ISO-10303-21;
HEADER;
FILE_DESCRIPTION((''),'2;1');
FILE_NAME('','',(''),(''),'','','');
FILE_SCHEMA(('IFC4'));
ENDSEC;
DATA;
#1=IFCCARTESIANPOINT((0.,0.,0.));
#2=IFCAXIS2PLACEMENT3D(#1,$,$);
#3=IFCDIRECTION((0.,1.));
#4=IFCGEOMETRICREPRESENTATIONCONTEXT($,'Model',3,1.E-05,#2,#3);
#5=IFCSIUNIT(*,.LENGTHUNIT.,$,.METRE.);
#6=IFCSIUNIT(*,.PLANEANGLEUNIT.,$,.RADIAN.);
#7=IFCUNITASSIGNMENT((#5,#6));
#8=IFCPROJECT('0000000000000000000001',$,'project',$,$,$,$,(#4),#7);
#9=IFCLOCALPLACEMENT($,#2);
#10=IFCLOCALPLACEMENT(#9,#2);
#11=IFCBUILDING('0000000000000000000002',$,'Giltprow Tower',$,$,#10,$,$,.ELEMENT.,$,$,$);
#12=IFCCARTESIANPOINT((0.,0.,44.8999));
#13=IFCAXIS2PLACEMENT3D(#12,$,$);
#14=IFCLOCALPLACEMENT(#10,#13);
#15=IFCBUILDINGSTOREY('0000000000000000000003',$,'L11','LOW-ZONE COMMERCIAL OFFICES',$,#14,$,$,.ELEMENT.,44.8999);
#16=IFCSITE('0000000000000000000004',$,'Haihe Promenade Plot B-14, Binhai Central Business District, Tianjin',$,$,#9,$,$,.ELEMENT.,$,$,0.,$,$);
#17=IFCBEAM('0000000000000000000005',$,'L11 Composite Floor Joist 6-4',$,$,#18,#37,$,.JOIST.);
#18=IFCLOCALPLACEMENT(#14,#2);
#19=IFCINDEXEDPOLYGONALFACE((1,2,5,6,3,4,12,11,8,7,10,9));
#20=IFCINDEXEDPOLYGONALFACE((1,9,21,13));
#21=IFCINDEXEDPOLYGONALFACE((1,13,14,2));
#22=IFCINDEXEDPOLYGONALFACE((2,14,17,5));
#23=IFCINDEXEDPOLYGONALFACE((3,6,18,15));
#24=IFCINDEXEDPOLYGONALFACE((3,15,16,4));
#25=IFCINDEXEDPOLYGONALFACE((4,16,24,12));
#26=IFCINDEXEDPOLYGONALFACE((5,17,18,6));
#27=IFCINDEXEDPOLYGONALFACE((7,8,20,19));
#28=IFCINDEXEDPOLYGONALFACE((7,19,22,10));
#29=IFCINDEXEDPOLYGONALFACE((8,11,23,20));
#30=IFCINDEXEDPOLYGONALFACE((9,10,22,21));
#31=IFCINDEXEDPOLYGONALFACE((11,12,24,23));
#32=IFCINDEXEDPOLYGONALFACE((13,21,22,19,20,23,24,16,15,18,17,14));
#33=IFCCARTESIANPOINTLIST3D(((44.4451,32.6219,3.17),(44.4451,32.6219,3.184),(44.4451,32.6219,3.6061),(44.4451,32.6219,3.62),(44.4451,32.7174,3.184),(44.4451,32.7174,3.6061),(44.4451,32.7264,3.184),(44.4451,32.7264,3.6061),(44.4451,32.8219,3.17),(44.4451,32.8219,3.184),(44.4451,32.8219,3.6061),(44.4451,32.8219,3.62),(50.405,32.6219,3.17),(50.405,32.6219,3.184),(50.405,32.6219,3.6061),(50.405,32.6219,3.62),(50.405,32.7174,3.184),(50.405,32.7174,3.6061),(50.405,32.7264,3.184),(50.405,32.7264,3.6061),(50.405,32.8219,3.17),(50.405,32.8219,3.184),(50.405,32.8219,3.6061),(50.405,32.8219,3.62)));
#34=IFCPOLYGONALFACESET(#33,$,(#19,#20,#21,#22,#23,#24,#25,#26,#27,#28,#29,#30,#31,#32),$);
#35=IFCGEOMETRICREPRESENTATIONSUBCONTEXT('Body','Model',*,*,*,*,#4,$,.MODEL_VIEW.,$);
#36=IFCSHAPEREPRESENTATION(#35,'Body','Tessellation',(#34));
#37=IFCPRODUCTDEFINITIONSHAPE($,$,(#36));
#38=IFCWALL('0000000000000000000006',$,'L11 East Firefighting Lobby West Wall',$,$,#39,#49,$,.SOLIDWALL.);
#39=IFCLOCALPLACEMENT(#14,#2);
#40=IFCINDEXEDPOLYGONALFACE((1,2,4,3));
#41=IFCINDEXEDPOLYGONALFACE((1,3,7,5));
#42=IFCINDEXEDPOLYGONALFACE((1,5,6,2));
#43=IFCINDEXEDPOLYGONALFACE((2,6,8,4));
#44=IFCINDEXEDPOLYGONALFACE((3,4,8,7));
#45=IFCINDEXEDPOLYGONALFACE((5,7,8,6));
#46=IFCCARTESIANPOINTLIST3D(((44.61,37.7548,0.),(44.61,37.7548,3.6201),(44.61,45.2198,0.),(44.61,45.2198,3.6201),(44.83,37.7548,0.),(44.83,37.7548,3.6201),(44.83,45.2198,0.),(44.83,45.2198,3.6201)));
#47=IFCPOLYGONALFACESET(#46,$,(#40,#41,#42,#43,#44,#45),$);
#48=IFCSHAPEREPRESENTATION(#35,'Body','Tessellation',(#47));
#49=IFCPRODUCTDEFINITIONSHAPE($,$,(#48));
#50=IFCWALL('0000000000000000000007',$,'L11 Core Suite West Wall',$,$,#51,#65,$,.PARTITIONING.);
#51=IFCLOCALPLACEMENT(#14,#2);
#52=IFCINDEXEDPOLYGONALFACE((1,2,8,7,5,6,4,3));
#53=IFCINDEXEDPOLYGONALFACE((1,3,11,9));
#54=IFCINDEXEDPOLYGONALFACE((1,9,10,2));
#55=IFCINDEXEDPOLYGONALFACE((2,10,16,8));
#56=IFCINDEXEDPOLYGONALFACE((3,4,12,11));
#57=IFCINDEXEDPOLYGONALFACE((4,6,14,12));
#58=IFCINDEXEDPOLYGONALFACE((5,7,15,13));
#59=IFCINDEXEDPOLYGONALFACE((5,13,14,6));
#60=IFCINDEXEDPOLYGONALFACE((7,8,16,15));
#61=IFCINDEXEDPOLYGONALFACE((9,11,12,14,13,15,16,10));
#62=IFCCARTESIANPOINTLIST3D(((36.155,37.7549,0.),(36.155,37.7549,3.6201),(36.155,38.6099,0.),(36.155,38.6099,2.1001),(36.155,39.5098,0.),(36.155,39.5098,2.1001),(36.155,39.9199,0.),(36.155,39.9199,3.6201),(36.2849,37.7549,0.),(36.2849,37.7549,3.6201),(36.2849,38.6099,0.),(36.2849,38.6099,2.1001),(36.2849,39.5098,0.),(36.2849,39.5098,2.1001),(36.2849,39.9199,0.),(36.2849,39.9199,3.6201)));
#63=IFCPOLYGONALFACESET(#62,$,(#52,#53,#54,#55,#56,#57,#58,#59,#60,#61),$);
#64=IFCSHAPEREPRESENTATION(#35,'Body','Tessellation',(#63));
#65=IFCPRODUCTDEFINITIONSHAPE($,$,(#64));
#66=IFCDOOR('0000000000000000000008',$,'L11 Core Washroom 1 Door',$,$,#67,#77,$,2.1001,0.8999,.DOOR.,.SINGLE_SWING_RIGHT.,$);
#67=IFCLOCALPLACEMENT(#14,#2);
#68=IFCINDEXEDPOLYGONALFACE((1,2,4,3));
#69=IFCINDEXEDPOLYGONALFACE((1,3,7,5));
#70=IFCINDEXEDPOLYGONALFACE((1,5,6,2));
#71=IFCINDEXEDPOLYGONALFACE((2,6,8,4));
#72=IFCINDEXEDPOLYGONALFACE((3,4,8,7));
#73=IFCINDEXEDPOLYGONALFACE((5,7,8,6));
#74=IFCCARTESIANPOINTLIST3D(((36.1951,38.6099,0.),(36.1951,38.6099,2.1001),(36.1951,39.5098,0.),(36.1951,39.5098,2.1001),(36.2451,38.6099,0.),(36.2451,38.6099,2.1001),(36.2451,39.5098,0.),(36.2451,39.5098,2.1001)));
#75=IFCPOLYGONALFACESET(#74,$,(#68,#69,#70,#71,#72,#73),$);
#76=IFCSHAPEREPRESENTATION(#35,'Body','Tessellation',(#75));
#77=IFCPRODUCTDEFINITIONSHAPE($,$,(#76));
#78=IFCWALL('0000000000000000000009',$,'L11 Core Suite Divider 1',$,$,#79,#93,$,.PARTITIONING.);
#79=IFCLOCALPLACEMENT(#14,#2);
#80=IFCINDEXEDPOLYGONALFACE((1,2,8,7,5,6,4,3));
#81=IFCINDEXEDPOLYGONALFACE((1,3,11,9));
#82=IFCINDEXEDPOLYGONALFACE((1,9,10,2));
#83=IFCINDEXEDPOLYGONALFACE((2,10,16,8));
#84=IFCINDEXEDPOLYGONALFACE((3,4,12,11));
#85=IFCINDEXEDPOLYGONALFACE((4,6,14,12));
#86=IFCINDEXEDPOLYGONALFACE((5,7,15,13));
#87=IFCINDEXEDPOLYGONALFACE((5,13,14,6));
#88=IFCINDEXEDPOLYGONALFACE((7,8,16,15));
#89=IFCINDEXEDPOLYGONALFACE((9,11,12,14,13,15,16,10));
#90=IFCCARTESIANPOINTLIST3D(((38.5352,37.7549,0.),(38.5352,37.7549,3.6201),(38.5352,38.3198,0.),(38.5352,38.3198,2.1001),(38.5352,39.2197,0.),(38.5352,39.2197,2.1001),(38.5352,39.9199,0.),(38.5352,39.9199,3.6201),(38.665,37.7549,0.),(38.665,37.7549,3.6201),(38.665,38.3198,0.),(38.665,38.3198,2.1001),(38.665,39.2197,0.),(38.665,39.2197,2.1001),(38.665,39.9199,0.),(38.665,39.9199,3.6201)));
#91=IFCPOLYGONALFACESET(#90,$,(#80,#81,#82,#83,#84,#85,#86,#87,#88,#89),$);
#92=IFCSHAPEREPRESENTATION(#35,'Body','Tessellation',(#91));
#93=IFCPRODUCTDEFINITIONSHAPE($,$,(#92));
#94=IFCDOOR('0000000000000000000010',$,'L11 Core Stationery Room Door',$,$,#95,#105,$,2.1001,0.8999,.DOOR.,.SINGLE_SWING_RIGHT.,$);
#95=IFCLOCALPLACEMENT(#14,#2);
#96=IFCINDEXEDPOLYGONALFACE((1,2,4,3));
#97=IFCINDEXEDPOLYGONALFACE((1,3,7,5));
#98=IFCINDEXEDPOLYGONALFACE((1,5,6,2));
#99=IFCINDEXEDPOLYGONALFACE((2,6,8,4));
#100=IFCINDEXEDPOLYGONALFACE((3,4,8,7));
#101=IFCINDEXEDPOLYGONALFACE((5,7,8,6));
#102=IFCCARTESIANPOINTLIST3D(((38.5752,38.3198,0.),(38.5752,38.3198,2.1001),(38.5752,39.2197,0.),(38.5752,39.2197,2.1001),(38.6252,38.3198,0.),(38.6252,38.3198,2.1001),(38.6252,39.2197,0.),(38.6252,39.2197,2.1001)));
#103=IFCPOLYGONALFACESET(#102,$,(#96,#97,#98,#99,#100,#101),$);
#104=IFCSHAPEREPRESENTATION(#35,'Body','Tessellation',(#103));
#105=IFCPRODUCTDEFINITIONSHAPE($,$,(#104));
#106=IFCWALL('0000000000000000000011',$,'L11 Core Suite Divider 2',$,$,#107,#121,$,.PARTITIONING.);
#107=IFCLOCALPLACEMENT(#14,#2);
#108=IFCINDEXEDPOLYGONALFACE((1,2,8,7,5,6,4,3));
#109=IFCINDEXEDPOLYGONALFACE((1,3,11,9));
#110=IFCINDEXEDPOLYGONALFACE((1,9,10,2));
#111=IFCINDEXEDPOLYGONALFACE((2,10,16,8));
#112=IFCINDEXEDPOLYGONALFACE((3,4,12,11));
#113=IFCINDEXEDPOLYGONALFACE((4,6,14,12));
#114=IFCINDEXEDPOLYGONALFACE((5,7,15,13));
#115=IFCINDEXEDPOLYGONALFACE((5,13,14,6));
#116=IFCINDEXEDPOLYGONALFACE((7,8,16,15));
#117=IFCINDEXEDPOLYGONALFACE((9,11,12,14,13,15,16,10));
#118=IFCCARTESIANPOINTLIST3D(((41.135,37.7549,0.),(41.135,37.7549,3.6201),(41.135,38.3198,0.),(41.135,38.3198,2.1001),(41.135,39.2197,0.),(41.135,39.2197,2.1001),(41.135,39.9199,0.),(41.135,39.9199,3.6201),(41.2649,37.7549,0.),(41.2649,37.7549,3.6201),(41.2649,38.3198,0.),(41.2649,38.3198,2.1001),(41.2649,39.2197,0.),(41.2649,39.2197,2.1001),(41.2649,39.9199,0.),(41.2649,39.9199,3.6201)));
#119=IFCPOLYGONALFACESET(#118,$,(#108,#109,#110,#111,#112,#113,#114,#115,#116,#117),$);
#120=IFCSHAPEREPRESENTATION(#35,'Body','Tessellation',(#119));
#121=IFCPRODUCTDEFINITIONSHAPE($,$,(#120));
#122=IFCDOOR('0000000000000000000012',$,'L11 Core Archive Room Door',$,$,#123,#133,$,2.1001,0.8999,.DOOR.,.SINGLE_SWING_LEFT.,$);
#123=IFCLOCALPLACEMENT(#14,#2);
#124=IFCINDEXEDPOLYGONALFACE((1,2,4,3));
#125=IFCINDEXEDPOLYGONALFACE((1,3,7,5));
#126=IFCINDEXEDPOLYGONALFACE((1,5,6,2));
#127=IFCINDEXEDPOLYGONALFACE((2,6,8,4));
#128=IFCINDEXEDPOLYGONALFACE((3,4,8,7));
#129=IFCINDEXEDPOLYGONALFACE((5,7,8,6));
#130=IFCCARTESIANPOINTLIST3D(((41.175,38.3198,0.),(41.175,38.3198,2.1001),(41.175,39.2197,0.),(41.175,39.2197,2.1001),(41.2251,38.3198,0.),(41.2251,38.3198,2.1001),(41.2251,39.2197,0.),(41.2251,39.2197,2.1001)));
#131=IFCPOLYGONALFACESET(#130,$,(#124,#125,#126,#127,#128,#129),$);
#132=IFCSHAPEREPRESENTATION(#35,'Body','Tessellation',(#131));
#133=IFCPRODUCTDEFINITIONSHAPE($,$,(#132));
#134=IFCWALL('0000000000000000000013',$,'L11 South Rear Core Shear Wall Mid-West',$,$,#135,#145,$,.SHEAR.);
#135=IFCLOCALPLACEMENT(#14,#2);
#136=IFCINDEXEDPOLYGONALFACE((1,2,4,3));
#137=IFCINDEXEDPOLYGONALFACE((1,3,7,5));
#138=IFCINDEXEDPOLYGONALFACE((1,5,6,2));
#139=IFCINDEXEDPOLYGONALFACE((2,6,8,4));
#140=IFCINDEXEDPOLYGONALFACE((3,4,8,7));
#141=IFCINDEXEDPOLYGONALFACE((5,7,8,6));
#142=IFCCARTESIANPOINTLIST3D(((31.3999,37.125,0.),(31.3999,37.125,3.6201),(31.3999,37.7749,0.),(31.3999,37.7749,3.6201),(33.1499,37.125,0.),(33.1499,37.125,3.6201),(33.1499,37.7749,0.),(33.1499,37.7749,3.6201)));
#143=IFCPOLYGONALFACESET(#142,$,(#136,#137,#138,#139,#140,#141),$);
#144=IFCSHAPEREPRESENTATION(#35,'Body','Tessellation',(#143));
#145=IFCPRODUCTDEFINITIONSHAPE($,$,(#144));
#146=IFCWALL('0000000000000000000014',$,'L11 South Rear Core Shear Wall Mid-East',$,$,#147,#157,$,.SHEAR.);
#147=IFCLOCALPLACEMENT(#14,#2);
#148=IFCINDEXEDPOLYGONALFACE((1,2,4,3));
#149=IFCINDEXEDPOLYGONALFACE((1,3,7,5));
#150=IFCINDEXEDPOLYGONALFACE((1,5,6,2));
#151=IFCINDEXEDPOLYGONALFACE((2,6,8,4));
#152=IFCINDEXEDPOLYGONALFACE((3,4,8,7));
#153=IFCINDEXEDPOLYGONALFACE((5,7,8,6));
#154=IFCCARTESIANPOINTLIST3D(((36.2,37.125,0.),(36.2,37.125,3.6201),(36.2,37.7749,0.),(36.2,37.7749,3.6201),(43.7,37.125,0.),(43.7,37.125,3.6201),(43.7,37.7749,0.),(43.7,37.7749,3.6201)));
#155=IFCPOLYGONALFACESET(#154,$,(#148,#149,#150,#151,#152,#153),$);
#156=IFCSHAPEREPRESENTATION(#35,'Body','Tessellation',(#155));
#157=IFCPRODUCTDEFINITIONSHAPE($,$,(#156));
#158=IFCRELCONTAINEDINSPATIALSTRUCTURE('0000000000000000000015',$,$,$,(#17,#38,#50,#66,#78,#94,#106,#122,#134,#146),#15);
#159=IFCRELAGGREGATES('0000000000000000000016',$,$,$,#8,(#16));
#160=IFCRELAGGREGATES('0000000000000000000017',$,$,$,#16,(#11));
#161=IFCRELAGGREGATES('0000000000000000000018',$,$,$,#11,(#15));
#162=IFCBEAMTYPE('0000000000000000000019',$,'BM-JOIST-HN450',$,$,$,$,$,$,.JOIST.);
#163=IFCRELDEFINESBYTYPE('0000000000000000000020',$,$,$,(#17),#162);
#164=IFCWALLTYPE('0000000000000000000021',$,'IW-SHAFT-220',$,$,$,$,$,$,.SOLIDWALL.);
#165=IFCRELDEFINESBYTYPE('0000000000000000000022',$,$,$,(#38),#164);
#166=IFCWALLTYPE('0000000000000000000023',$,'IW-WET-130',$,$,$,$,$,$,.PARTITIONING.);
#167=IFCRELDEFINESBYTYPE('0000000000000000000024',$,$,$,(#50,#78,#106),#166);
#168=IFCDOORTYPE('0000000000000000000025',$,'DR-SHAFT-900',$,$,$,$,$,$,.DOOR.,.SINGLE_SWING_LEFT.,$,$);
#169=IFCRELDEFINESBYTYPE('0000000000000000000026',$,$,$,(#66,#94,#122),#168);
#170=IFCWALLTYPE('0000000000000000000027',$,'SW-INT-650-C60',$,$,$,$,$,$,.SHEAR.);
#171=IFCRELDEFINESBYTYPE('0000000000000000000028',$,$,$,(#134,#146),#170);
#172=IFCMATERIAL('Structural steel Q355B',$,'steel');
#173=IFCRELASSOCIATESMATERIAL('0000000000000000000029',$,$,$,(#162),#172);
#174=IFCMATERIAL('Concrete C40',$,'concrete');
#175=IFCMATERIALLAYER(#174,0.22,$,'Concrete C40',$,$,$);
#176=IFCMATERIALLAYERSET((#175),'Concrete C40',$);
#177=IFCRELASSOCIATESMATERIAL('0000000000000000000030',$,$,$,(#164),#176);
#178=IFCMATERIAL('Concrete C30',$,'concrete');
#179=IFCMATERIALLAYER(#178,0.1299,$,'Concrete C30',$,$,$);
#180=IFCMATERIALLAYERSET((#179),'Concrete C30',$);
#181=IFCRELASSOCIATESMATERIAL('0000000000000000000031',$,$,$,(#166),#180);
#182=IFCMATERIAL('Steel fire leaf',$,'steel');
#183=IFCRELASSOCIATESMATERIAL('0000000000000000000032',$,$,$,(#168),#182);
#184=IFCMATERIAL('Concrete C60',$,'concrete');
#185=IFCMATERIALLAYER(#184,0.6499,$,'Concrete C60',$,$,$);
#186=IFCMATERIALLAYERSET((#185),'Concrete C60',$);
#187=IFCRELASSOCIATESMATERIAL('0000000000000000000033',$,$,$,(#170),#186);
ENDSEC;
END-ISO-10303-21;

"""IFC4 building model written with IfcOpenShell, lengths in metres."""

from ifc_helpers import new_model, si_unit, direction, frame, frame_2d, origin, origin_2d, place, context, subcontext, project, spatial, rectangle, i_section, extrude, source, transform, mapped, material, layer, layer_set, material_profile, profile_set, type_object, element, fill, save


model = new_model("IFC4")

# Units and contexts
model_context = context("Model", 3, precision=1e-05, world=origin(), true_north=direction((0.0, 1.0)))
body_context = subcontext(model_context, "Body", "Model", "MODEL_VIEW")
ifc_project = project(units=[si_unit("LENGTHUNIT", "METRE"), si_unit("PLANEANGLEUNIT", "RADIAN")], contexts=[model_context])

# Site, building, storey
site_placement = place(None, origin())
site = spatial("IfcSite", under=ifc_project, at=site_placement, Name="Haihe Promenade Plot B-14, Binhai Central Business District, Tianjin", CompositionType="ELEMENT", RefElevation=0.0)
building_placement = place(site_placement, origin())
building = spatial("IfcBuilding", under=site, at=building_placement, Name="Giltprow Tower", CompositionType="ELEMENT")
storey_placement = place(building_placement, frame((0.0, 0.0, 44.8999)))
storey = spatial("IfcBuildingStorey", under=building, at=storey_placement, Name="L11", Description="LOW-ZONE COMMERCIAL OFFICES", CompositionType="ELEMENT", Elevation=44.8999)

# Shared definitions
ifc_material_1 = material(Name="Concrete C60", Category="concrete")

# Beam
ifc_material_2 = material(Name="Structural steel Q355B", Category="steel")
ifc_material_profile_1 = material_profile(ifc_material_2, i_section(OverallWidth=0.2, OverallDepth=0.45, WebThickness=0.009, FlangeThickness=0.0139, at=origin_2d()), Name="HN 450x200x9x14")
ifc_profile_set_1 = profile_set([ifc_material_profile_1], Name="Structural steel Q355B")
beam_type_1 = type_object("IfcBeamType", Name="BM-JOIST-HN450", PredefinedType="JOIST", material=ifc_profile_set_1)
shared_shape_1 = source(origin(), body_context, "Body", "SweptSolid", [
    extrude(i_section(OverallWidth=0.2, OverallDepth=0.45, WebThickness=0.009, FlangeThickness=0.0139, at=origin_2d()), origin(), (0.0, 0.0, 1.0), 5.96),
])
for number, where, z_axis, x_axis, name in (
    (1, (44.4451, 32.7219, 3.395), (1.0, 0.0, 0.0), (0.0, 1.0, 0.0), "L11 Composite Floor Joist 6-4"),
):
    element("IfcBeam", number, at=place(storey_placement, frame(where, z_axis=z_axis, x_axis=x_axis)), inside=storey, type_object=beam_type_1, Name=name, PredefinedType="JOIST", context=body_context, shape_type="MappedRepresentation", body=[
        mapped(shared_shape_1, transform((0.0, 0.0, 0.0), x_axis=(1.0, 0.0, 0.0), y_axis=(0.0, 1.0, 0.0), z_axis=(0.0, 0.0, 1.0), scale=1.0)),
    ])

# Wall
ifc_material_3 = material(Name="Concrete C40", Category="concrete")
ifc_layer_1 = layer(ifc_material_3, 0.22, Name="Concrete C40")
ifc_layer_set_1 = layer_set([ifc_layer_1], Name="Concrete C40")
wall_type_1 = type_object("IfcWallType", Name="IW-SHAFT-220", PredefinedType="SOLIDWALL", material=ifc_layer_set_1)
wall_1_placement = place(storey_placement, frame((44.72, 37.7549, 0.0), z_axis=(0.0, 0.0, 1.0), x_axis=(0.0, 1.0, 0.0)))
element("IfcWall", 2, at=wall_1_placement, inside=storey, type_object=wall_type_1, Name="L11 East Firefighting Lobby West Wall", PredefinedType="SOLIDWALL", context=body_context, shape_type="SweptSolid", body=[
    extrude(rectangle(XDim=7.4651, YDim=0.22, at=frame_2d((3.7324, 0.0))), origin(), (0.0, 0.0, 1.0), 3.6201),
])

# Walls, openings, doors
ifc_material_4 = material(Name="Concrete C30", Category="concrete")
ifc_layer_2 = layer(ifc_material_4, 0.1299, Name="Concrete C30")
ifc_layer_set_2 = layer_set([ifc_layer_2], Name="Concrete C30")
wall_type_2 = type_object("IfcWallType", Name="IW-WET-130", PredefinedType="PARTITIONING", material=ifc_layer_set_2)
wall_2_placement = place(storey_placement, frame((36.22, 37.7549, 0.0), z_axis=(0.0, 0.0, 1.0), x_axis=(0.0, 1.0, 0.0)))
wall_2 = element("IfcWall", 3, at=wall_2_placement, inside=storey, type_object=wall_type_2, Name="L11 Core Suite West Wall", PredefinedType="PARTITIONING", context=body_context, shape_type="SweptSolid", body=[
    extrude(rectangle(XDim=2.165, YDim=0.1299, at=frame_2d((1.0825, 0.0))), origin(), (0.0, 0.0, 1.0), 3.6201),
])
opening_1_placement = place(wall_2_placement, frame((0.855, 0.0, 0.0)))
opening_1 = element("IfcOpeningElement", 4, at=opening_1_placement, cuts=wall_2, PredefinedType="OPENING", context=body_context, shape_type="SweptSolid", body=[
    extrude(rectangle(XDim=0.8999, YDim=2.1001, at=frame_2d((0.45, 1.05))), frame((0.0, 0.075, 0.0), z_axis=(0.0, -1.0, 0.0), x_axis=(1.0, 0.0, 0.0)), (0.0, 0.0, 1.0), 0.1499),
])
ifc_material_5 = material(Name="Steel fire leaf", Category="steel")
door_type_1 = type_object("IfcDoorType", Name="DR-SHAFT-900", OperationType="SINGLE_SWING_LEFT", PredefinedType="DOOR", material=ifc_material_5)
shared_shape_2 = source(origin(), body_context, "Body", "SweptSolid", [
    extrude(rectangle(XDim=0.8999, YDim=2.1001, at=frame_2d((0.45, 1.05))), frame((0.0, 0.0249, 0.0), z_axis=(0.0, -1.0, 0.0), x_axis=(1.0, 0.0, 0.0)), (0.0, 0.0, 1.0), 0.05),
])
door_1_placement = place(opening_1_placement, origin())
door_1 = element("IfcDoor", 5, at=door_1_placement, inside=storey, type_object=door_type_1, Name="L11 Core Washroom 1 Door", OperationType="SINGLE_SWING_RIGHT", OverallHeight=2.1001, OverallWidth=0.8999, PredefinedType="DOOR", context=body_context, shape_type="MappedRepresentation", body=[
    mapped(shared_shape_2, transform((0.0, 0.0, 0.0), x_axis=(1.0, 0.0, 0.0), y_axis=(0.0, 1.0, 0.0), z_axis=(0.0, 0.0, 1.0), scale=1.0)),
])
fill(opening_1, door_1)
wall_3_placement = place(storey_placement, frame((38.6001, 37.7549, 0.0), z_axis=(0.0, 0.0, 1.0), x_axis=(0.0, 1.0, 0.0)))
wall_3 = element("IfcWall", 6, at=wall_3_placement, inside=storey, type_object=wall_type_2, Name="L11 Core Suite Divider 1", PredefinedType="PARTITIONING", context=body_context, shape_type="SweptSolid", body=[
    extrude(rectangle(XDim=2.165, YDim=0.1299, at=frame_2d((1.0825, 0.0))), origin(), (0.0, 0.0, 1.0), 3.6201),
])
opening_2_placement = place(wall_3_placement, frame((0.5649, 0.0, 0.0)))
opening_2 = element("IfcOpeningElement", 7, at=opening_2_placement, cuts=wall_3, PredefinedType="OPENING", context=body_context, shape_type="SweptSolid", body=[
    extrude(rectangle(XDim=0.8999, YDim=2.1001, at=frame_2d((0.45, 1.05))), frame((0.0, 0.075, 0.0), z_axis=(0.0, -1.0, 0.0), x_axis=(1.0, 0.0, 0.0)), (0.0, 0.0, 1.0), 0.1499),
])
door_2_placement = place(opening_2_placement, origin())
door_2 = element("IfcDoor", 8, at=door_2_placement, inside=storey, type_object=door_type_1, Name="L11 Core Stationery Room Door", OperationType="SINGLE_SWING_RIGHT", OverallHeight=2.1001, OverallWidth=0.8999, PredefinedType="DOOR", context=body_context, shape_type="MappedRepresentation", body=[
    mapped(shared_shape_2, transform((0.0, 0.0, 0.0), x_axis=(1.0, 0.0, 0.0), y_axis=(0.0, 1.0, 0.0), z_axis=(0.0, 0.0, 1.0), scale=1.0)),
])
fill(opening_2, door_2)
wall_4_placement = place(storey_placement, frame((41.2, 37.7549, 0.0), z_axis=(0.0, 0.0, 1.0), x_axis=(0.0, 1.0, 0.0)))
wall_4 = element("IfcWall", 9, at=wall_4_placement, inside=storey, type_object=wall_type_2, Name="L11 Core Suite Divider 2", PredefinedType="PARTITIONING", context=body_context, shape_type="SweptSolid", body=[
    extrude(rectangle(XDim=2.165, YDim=0.1299, at=frame_2d((1.0825, 0.0))), origin(), (0.0, 0.0, 1.0), 3.6201),
])
opening_3_placement = place(wall_4_placement, frame((0.5649, 0.0, 0.0)))
opening_3 = element("IfcOpeningElement", 10, at=opening_3_placement, cuts=wall_4, PredefinedType="OPENING", context=body_context, shape_type="SweptSolid", body=[
    extrude(rectangle(XDim=0.8999, YDim=2.1001, at=frame_2d((0.45, 1.05))), frame((0.0, 0.075, 0.0), z_axis=(0.0, -1.0, 0.0), x_axis=(1.0, 0.0, 0.0)), (0.0, 0.0, 1.0), 0.1499),
])
door_3_placement = place(opening_3_placement, origin())
door_3 = element("IfcDoor", 11, at=door_3_placement, inside=storey, type_object=door_type_1, Name="L11 Core Archive Room Door", OperationType="SINGLE_SWING_LEFT", OverallHeight=2.1001, OverallWidth=0.8999, PredefinedType="DOOR", context=body_context, shape_type="MappedRepresentation", body=[
    mapped(shared_shape_2, transform((0.0, 0.0, 0.0), x_axis=(1.0, 0.0, 0.0), y_axis=(0.0, 1.0, 0.0), z_axis=(0.0, 0.0, 1.0), scale=1.0)),
])
fill(opening_3, door_3)

# Walls
ifc_layer_3 = layer(ifc_material_1, 0.6499, Name="Concrete C60")
ifc_layer_set_3 = layer_set([ifc_layer_3], Name="Concrete C60")
wall_type_3 = type_object("IfcWallType", Name="SW-INT-650-C60", PredefinedType="SHEAR", material=ifc_layer_set_3)
wall_5_placement = place(storey_placement, frame((31.3999, 37.45, 0.0), z_axis=(0.0, 0.0, 1.0), x_axis=(1.0, 0.0, 0.0)))
element("IfcWall", 12, at=wall_5_placement, inside=storey, type_object=wall_type_3, Name="L11 South Rear Core Shear Wall Mid-West", PredefinedType="SHEAR", context=body_context, shape_type="SweptSolid", body=[
    extrude(rectangle(XDim=1.75, YDim=0.6499, at=frame_2d((0.875, 0.0))), origin(), (0.0, 0.0, 1.0), 3.6201),
])
wall_6_placement = place(storey_placement, frame((36.2, 37.45, 0.0), z_axis=(0.0, 0.0, 1.0), x_axis=(1.0, 0.0, 0.0)))
element("IfcWall", 13, at=wall_6_placement, inside=storey, type_object=wall_type_3, Name="L11 South Rear Core Shear Wall Mid-East", PredefinedType="SHEAR", context=body_context, shape_type="SweptSolid", body=[
    extrude(rectangle(XDim=7.5, YDim=0.6499, at=frame_2d((3.75, 0.0))), origin(), (0.0, 0.0, 1.0), 3.6201),
])

save(model, "model.ifc")
